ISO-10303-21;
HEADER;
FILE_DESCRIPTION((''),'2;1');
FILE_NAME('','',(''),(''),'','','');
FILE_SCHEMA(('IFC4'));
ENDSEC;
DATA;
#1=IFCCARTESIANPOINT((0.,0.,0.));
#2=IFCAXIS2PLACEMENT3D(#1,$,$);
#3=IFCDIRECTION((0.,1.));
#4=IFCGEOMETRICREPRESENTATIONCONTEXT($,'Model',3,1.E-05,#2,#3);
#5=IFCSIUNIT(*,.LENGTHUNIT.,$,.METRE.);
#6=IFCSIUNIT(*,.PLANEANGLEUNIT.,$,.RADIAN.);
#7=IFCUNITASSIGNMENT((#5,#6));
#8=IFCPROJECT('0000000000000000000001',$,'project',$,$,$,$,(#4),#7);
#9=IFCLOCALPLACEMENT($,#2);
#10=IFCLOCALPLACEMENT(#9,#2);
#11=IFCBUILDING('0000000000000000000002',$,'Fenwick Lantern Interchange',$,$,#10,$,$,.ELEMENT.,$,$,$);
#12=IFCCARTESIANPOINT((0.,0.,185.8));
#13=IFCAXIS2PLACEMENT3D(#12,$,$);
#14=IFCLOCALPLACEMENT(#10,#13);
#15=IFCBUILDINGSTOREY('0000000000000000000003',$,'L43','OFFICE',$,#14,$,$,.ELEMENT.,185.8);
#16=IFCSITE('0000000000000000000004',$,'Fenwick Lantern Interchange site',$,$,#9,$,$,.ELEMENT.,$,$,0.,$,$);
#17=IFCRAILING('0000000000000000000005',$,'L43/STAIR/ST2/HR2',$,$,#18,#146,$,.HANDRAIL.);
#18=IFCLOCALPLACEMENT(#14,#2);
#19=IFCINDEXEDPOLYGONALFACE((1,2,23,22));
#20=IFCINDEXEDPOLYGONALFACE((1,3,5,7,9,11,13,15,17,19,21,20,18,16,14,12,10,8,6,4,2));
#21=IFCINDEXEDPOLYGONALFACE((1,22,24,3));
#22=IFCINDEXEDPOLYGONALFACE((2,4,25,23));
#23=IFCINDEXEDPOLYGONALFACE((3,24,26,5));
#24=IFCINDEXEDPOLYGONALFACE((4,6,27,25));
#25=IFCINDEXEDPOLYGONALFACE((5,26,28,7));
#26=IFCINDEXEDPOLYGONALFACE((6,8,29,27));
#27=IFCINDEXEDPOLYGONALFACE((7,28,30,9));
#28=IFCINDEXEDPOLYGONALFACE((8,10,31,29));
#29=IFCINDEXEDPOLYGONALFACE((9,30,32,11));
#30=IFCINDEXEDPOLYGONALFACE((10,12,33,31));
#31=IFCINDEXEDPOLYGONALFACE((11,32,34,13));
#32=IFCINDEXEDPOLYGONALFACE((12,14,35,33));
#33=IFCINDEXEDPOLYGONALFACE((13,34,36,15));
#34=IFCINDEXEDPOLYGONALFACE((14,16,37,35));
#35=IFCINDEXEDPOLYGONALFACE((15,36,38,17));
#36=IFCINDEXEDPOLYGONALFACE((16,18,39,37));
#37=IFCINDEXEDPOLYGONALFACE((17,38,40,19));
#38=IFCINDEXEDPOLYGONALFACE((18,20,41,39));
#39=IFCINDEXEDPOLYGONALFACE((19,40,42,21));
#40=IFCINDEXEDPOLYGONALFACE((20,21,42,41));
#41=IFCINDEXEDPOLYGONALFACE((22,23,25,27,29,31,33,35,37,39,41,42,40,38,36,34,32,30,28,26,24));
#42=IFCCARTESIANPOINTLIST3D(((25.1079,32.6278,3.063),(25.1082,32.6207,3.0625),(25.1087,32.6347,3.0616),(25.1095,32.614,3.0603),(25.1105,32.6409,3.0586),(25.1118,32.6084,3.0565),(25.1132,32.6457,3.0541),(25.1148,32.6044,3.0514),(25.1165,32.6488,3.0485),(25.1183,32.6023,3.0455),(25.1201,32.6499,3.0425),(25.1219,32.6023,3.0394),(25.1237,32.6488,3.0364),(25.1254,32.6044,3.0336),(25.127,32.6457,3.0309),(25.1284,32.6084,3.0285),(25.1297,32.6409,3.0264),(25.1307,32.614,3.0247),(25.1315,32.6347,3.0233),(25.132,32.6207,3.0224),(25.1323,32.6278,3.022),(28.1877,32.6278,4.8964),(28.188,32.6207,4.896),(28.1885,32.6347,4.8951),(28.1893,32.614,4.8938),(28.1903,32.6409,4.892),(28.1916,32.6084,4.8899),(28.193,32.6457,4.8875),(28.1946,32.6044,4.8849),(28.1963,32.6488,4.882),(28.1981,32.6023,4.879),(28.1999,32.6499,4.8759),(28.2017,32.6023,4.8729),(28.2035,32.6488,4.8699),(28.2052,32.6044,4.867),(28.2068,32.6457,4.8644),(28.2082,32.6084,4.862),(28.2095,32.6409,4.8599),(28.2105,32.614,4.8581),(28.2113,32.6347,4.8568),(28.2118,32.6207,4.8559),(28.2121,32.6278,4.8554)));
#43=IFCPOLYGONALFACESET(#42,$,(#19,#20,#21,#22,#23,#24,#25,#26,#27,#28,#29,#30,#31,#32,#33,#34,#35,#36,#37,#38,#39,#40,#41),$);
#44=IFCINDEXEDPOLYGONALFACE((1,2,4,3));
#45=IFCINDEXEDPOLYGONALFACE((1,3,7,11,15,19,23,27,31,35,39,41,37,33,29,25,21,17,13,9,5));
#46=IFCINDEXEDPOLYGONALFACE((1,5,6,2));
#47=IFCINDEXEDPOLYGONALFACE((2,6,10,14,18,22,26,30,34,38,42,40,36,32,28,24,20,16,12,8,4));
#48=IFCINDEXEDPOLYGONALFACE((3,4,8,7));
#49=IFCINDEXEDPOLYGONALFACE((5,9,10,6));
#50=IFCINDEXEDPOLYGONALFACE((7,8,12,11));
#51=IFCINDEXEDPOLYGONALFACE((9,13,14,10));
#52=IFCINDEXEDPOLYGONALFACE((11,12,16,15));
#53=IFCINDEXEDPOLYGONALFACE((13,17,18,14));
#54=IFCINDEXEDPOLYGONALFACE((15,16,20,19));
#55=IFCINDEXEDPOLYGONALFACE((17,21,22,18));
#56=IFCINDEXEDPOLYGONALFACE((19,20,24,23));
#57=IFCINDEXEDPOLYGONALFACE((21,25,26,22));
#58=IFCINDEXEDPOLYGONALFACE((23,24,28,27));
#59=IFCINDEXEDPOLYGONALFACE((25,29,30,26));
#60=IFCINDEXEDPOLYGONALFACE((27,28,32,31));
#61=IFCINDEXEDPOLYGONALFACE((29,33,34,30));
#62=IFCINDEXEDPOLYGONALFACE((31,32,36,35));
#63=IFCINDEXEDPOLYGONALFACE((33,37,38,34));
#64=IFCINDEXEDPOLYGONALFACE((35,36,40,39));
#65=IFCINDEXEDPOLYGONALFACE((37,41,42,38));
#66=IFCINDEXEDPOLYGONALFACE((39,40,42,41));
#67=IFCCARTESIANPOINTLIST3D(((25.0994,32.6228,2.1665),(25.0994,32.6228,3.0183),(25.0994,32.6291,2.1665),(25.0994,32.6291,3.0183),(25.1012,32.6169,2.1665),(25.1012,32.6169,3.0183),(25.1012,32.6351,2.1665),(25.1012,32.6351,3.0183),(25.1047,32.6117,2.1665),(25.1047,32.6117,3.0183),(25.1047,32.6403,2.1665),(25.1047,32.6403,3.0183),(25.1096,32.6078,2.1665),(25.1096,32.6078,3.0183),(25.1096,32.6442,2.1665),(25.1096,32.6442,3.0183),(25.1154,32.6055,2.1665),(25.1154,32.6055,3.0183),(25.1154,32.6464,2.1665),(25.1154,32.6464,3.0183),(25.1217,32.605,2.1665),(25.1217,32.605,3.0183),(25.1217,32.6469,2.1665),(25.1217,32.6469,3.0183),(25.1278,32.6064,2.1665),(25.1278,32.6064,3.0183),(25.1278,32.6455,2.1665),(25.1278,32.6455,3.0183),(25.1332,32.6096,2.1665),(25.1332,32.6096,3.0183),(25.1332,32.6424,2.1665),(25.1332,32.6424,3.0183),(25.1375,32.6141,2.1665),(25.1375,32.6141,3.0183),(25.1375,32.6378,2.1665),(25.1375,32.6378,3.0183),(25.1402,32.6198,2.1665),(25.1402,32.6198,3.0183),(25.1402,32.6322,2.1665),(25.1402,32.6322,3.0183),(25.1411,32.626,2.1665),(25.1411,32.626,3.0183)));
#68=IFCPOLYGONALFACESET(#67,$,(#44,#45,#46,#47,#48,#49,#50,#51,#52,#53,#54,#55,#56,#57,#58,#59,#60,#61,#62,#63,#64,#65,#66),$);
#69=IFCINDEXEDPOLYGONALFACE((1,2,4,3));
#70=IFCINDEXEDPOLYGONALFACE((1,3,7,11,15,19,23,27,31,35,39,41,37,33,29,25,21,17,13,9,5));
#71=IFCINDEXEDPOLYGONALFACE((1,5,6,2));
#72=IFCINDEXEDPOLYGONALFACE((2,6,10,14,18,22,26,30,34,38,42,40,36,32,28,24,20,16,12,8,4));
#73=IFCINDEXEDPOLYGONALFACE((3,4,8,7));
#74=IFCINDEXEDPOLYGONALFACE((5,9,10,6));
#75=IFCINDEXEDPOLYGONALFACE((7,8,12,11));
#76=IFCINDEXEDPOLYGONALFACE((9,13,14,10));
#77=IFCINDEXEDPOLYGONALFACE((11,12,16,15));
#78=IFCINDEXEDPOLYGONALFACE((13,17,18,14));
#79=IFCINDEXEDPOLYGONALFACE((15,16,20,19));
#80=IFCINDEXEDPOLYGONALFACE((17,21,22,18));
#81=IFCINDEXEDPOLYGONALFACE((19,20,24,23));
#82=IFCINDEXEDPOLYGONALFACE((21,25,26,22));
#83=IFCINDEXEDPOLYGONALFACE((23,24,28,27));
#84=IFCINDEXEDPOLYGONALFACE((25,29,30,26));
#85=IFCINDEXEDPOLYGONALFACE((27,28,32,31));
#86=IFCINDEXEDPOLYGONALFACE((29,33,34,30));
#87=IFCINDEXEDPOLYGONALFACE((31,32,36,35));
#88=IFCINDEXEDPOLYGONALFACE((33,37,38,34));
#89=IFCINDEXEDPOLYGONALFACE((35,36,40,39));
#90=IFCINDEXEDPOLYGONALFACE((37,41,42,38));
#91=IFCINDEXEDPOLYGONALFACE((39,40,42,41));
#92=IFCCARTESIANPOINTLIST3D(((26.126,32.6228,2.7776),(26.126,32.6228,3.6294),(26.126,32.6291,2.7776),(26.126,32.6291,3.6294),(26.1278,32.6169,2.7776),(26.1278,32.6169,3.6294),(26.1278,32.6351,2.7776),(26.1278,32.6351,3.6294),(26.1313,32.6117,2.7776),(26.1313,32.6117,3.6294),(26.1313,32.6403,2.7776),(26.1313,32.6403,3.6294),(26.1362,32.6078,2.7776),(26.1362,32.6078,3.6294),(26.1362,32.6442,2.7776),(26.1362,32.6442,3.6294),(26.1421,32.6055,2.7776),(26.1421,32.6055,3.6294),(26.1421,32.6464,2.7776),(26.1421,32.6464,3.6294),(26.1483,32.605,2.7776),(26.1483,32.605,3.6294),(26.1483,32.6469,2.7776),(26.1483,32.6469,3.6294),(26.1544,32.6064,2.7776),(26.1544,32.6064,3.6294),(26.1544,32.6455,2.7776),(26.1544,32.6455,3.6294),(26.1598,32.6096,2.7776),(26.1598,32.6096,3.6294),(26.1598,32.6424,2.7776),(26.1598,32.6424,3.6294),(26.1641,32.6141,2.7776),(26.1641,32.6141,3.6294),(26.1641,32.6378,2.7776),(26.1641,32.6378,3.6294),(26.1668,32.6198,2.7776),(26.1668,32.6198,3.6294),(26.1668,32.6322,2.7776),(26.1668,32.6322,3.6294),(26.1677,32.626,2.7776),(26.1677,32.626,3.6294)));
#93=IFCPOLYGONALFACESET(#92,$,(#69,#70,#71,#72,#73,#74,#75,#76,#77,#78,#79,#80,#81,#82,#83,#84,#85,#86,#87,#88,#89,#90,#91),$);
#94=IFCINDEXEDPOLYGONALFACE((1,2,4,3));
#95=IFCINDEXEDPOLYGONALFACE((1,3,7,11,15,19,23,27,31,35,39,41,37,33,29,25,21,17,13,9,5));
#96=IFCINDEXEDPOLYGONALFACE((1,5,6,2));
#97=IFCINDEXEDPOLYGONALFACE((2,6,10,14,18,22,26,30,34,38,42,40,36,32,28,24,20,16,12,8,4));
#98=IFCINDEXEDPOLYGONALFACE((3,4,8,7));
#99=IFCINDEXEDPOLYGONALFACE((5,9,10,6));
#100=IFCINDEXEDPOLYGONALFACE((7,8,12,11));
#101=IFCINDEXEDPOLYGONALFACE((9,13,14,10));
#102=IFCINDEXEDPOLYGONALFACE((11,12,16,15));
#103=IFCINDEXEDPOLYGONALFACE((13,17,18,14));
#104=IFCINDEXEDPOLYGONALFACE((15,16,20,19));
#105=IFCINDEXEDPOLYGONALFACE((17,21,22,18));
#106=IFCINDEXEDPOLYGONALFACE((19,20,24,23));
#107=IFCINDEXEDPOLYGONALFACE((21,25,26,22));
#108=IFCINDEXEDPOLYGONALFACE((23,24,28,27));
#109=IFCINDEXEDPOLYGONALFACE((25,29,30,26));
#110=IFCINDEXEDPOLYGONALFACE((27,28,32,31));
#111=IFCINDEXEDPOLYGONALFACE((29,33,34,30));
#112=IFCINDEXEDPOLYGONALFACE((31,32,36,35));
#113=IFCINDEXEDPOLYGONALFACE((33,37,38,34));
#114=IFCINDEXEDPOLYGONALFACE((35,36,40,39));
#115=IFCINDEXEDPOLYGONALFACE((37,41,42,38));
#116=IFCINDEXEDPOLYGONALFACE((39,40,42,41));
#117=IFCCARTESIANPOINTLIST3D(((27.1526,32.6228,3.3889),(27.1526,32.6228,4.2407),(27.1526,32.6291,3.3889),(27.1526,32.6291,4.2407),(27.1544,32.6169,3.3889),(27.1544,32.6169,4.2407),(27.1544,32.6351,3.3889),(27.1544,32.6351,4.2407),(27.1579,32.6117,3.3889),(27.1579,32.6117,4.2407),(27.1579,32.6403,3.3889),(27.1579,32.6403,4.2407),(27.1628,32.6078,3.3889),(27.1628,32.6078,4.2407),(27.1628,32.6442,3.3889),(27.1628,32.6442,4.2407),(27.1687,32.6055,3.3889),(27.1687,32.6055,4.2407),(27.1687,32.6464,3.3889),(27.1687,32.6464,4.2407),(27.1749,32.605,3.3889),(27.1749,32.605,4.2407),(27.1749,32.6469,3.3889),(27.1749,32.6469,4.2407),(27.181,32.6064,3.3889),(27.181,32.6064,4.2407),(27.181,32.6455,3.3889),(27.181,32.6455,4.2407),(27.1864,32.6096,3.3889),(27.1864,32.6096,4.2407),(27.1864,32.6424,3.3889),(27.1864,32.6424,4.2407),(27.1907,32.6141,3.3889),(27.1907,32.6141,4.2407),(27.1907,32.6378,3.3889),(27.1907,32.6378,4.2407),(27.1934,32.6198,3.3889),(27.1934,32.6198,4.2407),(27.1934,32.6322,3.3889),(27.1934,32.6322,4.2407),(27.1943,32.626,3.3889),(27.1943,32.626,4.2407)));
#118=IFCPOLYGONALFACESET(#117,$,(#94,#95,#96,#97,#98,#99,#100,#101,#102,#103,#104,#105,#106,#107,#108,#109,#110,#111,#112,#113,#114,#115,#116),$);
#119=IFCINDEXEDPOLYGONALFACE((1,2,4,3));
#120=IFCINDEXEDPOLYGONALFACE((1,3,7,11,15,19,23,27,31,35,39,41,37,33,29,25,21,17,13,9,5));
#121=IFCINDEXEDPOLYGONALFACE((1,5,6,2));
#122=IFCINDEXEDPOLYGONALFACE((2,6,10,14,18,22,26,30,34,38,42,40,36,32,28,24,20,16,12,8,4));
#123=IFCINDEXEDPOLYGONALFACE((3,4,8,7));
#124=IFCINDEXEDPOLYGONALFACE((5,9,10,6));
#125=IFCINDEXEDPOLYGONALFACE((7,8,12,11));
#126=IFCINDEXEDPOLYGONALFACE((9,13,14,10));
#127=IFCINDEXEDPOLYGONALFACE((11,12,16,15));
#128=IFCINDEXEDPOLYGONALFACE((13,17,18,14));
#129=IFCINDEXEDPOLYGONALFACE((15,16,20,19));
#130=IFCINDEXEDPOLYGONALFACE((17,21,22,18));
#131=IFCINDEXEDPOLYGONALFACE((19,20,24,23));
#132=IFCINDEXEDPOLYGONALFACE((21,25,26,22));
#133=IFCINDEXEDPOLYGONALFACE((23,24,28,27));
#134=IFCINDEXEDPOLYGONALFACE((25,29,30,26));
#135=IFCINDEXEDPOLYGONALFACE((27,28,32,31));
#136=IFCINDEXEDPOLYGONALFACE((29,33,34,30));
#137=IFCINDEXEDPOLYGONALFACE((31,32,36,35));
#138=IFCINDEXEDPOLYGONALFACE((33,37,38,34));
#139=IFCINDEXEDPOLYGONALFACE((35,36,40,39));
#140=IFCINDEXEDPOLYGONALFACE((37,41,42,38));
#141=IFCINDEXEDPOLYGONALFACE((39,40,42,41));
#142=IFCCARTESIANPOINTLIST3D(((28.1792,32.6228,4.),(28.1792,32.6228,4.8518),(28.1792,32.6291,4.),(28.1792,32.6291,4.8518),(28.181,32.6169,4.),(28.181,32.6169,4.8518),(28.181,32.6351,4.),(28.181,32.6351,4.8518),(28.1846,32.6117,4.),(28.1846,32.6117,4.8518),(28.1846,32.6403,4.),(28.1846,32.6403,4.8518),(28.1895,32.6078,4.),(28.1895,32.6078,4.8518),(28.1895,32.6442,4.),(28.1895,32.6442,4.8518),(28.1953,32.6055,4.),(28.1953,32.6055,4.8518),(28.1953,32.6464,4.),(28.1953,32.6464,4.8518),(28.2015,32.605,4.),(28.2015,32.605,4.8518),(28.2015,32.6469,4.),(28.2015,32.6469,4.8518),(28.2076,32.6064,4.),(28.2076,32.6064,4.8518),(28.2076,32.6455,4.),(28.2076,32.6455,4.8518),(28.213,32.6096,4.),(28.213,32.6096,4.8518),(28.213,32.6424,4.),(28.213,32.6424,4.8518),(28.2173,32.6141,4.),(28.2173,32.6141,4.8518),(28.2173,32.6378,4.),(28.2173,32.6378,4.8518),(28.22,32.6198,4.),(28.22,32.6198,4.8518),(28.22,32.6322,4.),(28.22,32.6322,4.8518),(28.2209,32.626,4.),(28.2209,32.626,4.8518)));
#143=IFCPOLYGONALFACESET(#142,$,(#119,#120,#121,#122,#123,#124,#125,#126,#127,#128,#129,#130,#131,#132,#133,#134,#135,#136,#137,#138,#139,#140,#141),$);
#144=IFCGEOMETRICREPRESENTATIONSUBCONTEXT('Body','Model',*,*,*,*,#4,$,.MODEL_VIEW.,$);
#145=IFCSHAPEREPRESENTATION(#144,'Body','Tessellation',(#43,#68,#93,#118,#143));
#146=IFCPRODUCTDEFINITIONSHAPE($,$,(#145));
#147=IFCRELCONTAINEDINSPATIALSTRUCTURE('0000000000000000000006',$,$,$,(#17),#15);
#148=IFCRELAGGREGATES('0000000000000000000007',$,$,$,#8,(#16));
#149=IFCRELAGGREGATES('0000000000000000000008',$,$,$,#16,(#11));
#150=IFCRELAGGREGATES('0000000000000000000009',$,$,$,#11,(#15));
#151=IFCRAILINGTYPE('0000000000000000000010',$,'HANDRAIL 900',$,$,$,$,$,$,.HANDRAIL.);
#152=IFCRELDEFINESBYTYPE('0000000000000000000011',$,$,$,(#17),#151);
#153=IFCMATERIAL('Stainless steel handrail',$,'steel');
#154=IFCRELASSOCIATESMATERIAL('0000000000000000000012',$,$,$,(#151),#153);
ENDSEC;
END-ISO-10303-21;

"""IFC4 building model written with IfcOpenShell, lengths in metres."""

from ifc_helpers import new_model, si_unit, direction, frame, origin, origin_2d, place, context, subcontext, project, spatial, circle, extrude, material, type_object, element, save


model = new_model("IFC4")

# Units and contexts
model_context = context("Model", 3, precision=1e-05, world=origin(), true_north=direction((0.0, 1.0)))
body_context = subcontext(model_context, "Body", "Model", "MODEL_VIEW")
ifc_project = project(units=[si_unit("LENGTHUNIT", "METRE"), si_unit("PLANEANGLEUNIT", "RADIAN")], contexts=[model_context])

# Site, building, storey
site_placement = place(None, origin())
site = spatial("IfcSite", under=ifc_project, at=site_placement, Name="Fenwick Lantern Interchange site", CompositionType="ELEMENT", RefElevation=0.0)
building_placement = place(site_placement, origin())
building = spatial("IfcBuilding", under=site, at=building_placement, Name="Fenwick Lantern Interchange", CompositionType="ELEMENT")
storey_placement = place(building_placement, frame((0.0, 0.0, 185.8)))
storey = spatial("IfcBuildingStorey", under=building, at=storey_placement, Name="L43", Description="OFFICE", CompositionType="ELEMENT", Elevation=185.8)

# Railing
ifc_material_1 = material(Name="Stainless steel handrail", Category="steel")
railing_type = type_object("IfcRailingType", Name="HANDRAIL 900", PredefinedType="HANDRAIL", material=ifc_material_1)
railing_1_placement = place(storey_placement, frame((25.1201, 32.626, 2.1665)))
element("IfcRailing", 1, at=railing_1_placement, inside=storey, type_object=railing_type, Name="L43/STAIR/ST2/HR2", PredefinedType="HANDRAIL", context=body_context, shape_type="SweptSolid", body=[
    extrude(circle(Radius=0.0239, at=origin_2d()), frame((0.0, 0.0, 0.876), z_axis=(0.859261, 0.0, 0.511538), x_axis=(0.0, 1.0, 0.0)), (0.0, 0.0, 1.0), 3.5842),
    extrude(circle(Radius=0.021, at=origin_2d()), origin(), (0.0, 0.0, 1.0), 0.8518),
    extrude(circle(Radius=0.021, at=origin_2d()), frame((1.0266, 0.0, 0.6111)), (0.0, 0.0, 1.0), 0.8518),
    extrude(circle(Radius=0.021, at=origin_2d()), frame((2.0532, 0.0, 1.2224)), (0.0, 0.0, 1.0), 0.8518),
    extrude(circle(Radius=0.021, at=origin_2d()), frame((3.0798, 0.0, 1.8335)), (0.0, 0.0, 1.0), 0.8518),
])

save(model, "model.ifc")
